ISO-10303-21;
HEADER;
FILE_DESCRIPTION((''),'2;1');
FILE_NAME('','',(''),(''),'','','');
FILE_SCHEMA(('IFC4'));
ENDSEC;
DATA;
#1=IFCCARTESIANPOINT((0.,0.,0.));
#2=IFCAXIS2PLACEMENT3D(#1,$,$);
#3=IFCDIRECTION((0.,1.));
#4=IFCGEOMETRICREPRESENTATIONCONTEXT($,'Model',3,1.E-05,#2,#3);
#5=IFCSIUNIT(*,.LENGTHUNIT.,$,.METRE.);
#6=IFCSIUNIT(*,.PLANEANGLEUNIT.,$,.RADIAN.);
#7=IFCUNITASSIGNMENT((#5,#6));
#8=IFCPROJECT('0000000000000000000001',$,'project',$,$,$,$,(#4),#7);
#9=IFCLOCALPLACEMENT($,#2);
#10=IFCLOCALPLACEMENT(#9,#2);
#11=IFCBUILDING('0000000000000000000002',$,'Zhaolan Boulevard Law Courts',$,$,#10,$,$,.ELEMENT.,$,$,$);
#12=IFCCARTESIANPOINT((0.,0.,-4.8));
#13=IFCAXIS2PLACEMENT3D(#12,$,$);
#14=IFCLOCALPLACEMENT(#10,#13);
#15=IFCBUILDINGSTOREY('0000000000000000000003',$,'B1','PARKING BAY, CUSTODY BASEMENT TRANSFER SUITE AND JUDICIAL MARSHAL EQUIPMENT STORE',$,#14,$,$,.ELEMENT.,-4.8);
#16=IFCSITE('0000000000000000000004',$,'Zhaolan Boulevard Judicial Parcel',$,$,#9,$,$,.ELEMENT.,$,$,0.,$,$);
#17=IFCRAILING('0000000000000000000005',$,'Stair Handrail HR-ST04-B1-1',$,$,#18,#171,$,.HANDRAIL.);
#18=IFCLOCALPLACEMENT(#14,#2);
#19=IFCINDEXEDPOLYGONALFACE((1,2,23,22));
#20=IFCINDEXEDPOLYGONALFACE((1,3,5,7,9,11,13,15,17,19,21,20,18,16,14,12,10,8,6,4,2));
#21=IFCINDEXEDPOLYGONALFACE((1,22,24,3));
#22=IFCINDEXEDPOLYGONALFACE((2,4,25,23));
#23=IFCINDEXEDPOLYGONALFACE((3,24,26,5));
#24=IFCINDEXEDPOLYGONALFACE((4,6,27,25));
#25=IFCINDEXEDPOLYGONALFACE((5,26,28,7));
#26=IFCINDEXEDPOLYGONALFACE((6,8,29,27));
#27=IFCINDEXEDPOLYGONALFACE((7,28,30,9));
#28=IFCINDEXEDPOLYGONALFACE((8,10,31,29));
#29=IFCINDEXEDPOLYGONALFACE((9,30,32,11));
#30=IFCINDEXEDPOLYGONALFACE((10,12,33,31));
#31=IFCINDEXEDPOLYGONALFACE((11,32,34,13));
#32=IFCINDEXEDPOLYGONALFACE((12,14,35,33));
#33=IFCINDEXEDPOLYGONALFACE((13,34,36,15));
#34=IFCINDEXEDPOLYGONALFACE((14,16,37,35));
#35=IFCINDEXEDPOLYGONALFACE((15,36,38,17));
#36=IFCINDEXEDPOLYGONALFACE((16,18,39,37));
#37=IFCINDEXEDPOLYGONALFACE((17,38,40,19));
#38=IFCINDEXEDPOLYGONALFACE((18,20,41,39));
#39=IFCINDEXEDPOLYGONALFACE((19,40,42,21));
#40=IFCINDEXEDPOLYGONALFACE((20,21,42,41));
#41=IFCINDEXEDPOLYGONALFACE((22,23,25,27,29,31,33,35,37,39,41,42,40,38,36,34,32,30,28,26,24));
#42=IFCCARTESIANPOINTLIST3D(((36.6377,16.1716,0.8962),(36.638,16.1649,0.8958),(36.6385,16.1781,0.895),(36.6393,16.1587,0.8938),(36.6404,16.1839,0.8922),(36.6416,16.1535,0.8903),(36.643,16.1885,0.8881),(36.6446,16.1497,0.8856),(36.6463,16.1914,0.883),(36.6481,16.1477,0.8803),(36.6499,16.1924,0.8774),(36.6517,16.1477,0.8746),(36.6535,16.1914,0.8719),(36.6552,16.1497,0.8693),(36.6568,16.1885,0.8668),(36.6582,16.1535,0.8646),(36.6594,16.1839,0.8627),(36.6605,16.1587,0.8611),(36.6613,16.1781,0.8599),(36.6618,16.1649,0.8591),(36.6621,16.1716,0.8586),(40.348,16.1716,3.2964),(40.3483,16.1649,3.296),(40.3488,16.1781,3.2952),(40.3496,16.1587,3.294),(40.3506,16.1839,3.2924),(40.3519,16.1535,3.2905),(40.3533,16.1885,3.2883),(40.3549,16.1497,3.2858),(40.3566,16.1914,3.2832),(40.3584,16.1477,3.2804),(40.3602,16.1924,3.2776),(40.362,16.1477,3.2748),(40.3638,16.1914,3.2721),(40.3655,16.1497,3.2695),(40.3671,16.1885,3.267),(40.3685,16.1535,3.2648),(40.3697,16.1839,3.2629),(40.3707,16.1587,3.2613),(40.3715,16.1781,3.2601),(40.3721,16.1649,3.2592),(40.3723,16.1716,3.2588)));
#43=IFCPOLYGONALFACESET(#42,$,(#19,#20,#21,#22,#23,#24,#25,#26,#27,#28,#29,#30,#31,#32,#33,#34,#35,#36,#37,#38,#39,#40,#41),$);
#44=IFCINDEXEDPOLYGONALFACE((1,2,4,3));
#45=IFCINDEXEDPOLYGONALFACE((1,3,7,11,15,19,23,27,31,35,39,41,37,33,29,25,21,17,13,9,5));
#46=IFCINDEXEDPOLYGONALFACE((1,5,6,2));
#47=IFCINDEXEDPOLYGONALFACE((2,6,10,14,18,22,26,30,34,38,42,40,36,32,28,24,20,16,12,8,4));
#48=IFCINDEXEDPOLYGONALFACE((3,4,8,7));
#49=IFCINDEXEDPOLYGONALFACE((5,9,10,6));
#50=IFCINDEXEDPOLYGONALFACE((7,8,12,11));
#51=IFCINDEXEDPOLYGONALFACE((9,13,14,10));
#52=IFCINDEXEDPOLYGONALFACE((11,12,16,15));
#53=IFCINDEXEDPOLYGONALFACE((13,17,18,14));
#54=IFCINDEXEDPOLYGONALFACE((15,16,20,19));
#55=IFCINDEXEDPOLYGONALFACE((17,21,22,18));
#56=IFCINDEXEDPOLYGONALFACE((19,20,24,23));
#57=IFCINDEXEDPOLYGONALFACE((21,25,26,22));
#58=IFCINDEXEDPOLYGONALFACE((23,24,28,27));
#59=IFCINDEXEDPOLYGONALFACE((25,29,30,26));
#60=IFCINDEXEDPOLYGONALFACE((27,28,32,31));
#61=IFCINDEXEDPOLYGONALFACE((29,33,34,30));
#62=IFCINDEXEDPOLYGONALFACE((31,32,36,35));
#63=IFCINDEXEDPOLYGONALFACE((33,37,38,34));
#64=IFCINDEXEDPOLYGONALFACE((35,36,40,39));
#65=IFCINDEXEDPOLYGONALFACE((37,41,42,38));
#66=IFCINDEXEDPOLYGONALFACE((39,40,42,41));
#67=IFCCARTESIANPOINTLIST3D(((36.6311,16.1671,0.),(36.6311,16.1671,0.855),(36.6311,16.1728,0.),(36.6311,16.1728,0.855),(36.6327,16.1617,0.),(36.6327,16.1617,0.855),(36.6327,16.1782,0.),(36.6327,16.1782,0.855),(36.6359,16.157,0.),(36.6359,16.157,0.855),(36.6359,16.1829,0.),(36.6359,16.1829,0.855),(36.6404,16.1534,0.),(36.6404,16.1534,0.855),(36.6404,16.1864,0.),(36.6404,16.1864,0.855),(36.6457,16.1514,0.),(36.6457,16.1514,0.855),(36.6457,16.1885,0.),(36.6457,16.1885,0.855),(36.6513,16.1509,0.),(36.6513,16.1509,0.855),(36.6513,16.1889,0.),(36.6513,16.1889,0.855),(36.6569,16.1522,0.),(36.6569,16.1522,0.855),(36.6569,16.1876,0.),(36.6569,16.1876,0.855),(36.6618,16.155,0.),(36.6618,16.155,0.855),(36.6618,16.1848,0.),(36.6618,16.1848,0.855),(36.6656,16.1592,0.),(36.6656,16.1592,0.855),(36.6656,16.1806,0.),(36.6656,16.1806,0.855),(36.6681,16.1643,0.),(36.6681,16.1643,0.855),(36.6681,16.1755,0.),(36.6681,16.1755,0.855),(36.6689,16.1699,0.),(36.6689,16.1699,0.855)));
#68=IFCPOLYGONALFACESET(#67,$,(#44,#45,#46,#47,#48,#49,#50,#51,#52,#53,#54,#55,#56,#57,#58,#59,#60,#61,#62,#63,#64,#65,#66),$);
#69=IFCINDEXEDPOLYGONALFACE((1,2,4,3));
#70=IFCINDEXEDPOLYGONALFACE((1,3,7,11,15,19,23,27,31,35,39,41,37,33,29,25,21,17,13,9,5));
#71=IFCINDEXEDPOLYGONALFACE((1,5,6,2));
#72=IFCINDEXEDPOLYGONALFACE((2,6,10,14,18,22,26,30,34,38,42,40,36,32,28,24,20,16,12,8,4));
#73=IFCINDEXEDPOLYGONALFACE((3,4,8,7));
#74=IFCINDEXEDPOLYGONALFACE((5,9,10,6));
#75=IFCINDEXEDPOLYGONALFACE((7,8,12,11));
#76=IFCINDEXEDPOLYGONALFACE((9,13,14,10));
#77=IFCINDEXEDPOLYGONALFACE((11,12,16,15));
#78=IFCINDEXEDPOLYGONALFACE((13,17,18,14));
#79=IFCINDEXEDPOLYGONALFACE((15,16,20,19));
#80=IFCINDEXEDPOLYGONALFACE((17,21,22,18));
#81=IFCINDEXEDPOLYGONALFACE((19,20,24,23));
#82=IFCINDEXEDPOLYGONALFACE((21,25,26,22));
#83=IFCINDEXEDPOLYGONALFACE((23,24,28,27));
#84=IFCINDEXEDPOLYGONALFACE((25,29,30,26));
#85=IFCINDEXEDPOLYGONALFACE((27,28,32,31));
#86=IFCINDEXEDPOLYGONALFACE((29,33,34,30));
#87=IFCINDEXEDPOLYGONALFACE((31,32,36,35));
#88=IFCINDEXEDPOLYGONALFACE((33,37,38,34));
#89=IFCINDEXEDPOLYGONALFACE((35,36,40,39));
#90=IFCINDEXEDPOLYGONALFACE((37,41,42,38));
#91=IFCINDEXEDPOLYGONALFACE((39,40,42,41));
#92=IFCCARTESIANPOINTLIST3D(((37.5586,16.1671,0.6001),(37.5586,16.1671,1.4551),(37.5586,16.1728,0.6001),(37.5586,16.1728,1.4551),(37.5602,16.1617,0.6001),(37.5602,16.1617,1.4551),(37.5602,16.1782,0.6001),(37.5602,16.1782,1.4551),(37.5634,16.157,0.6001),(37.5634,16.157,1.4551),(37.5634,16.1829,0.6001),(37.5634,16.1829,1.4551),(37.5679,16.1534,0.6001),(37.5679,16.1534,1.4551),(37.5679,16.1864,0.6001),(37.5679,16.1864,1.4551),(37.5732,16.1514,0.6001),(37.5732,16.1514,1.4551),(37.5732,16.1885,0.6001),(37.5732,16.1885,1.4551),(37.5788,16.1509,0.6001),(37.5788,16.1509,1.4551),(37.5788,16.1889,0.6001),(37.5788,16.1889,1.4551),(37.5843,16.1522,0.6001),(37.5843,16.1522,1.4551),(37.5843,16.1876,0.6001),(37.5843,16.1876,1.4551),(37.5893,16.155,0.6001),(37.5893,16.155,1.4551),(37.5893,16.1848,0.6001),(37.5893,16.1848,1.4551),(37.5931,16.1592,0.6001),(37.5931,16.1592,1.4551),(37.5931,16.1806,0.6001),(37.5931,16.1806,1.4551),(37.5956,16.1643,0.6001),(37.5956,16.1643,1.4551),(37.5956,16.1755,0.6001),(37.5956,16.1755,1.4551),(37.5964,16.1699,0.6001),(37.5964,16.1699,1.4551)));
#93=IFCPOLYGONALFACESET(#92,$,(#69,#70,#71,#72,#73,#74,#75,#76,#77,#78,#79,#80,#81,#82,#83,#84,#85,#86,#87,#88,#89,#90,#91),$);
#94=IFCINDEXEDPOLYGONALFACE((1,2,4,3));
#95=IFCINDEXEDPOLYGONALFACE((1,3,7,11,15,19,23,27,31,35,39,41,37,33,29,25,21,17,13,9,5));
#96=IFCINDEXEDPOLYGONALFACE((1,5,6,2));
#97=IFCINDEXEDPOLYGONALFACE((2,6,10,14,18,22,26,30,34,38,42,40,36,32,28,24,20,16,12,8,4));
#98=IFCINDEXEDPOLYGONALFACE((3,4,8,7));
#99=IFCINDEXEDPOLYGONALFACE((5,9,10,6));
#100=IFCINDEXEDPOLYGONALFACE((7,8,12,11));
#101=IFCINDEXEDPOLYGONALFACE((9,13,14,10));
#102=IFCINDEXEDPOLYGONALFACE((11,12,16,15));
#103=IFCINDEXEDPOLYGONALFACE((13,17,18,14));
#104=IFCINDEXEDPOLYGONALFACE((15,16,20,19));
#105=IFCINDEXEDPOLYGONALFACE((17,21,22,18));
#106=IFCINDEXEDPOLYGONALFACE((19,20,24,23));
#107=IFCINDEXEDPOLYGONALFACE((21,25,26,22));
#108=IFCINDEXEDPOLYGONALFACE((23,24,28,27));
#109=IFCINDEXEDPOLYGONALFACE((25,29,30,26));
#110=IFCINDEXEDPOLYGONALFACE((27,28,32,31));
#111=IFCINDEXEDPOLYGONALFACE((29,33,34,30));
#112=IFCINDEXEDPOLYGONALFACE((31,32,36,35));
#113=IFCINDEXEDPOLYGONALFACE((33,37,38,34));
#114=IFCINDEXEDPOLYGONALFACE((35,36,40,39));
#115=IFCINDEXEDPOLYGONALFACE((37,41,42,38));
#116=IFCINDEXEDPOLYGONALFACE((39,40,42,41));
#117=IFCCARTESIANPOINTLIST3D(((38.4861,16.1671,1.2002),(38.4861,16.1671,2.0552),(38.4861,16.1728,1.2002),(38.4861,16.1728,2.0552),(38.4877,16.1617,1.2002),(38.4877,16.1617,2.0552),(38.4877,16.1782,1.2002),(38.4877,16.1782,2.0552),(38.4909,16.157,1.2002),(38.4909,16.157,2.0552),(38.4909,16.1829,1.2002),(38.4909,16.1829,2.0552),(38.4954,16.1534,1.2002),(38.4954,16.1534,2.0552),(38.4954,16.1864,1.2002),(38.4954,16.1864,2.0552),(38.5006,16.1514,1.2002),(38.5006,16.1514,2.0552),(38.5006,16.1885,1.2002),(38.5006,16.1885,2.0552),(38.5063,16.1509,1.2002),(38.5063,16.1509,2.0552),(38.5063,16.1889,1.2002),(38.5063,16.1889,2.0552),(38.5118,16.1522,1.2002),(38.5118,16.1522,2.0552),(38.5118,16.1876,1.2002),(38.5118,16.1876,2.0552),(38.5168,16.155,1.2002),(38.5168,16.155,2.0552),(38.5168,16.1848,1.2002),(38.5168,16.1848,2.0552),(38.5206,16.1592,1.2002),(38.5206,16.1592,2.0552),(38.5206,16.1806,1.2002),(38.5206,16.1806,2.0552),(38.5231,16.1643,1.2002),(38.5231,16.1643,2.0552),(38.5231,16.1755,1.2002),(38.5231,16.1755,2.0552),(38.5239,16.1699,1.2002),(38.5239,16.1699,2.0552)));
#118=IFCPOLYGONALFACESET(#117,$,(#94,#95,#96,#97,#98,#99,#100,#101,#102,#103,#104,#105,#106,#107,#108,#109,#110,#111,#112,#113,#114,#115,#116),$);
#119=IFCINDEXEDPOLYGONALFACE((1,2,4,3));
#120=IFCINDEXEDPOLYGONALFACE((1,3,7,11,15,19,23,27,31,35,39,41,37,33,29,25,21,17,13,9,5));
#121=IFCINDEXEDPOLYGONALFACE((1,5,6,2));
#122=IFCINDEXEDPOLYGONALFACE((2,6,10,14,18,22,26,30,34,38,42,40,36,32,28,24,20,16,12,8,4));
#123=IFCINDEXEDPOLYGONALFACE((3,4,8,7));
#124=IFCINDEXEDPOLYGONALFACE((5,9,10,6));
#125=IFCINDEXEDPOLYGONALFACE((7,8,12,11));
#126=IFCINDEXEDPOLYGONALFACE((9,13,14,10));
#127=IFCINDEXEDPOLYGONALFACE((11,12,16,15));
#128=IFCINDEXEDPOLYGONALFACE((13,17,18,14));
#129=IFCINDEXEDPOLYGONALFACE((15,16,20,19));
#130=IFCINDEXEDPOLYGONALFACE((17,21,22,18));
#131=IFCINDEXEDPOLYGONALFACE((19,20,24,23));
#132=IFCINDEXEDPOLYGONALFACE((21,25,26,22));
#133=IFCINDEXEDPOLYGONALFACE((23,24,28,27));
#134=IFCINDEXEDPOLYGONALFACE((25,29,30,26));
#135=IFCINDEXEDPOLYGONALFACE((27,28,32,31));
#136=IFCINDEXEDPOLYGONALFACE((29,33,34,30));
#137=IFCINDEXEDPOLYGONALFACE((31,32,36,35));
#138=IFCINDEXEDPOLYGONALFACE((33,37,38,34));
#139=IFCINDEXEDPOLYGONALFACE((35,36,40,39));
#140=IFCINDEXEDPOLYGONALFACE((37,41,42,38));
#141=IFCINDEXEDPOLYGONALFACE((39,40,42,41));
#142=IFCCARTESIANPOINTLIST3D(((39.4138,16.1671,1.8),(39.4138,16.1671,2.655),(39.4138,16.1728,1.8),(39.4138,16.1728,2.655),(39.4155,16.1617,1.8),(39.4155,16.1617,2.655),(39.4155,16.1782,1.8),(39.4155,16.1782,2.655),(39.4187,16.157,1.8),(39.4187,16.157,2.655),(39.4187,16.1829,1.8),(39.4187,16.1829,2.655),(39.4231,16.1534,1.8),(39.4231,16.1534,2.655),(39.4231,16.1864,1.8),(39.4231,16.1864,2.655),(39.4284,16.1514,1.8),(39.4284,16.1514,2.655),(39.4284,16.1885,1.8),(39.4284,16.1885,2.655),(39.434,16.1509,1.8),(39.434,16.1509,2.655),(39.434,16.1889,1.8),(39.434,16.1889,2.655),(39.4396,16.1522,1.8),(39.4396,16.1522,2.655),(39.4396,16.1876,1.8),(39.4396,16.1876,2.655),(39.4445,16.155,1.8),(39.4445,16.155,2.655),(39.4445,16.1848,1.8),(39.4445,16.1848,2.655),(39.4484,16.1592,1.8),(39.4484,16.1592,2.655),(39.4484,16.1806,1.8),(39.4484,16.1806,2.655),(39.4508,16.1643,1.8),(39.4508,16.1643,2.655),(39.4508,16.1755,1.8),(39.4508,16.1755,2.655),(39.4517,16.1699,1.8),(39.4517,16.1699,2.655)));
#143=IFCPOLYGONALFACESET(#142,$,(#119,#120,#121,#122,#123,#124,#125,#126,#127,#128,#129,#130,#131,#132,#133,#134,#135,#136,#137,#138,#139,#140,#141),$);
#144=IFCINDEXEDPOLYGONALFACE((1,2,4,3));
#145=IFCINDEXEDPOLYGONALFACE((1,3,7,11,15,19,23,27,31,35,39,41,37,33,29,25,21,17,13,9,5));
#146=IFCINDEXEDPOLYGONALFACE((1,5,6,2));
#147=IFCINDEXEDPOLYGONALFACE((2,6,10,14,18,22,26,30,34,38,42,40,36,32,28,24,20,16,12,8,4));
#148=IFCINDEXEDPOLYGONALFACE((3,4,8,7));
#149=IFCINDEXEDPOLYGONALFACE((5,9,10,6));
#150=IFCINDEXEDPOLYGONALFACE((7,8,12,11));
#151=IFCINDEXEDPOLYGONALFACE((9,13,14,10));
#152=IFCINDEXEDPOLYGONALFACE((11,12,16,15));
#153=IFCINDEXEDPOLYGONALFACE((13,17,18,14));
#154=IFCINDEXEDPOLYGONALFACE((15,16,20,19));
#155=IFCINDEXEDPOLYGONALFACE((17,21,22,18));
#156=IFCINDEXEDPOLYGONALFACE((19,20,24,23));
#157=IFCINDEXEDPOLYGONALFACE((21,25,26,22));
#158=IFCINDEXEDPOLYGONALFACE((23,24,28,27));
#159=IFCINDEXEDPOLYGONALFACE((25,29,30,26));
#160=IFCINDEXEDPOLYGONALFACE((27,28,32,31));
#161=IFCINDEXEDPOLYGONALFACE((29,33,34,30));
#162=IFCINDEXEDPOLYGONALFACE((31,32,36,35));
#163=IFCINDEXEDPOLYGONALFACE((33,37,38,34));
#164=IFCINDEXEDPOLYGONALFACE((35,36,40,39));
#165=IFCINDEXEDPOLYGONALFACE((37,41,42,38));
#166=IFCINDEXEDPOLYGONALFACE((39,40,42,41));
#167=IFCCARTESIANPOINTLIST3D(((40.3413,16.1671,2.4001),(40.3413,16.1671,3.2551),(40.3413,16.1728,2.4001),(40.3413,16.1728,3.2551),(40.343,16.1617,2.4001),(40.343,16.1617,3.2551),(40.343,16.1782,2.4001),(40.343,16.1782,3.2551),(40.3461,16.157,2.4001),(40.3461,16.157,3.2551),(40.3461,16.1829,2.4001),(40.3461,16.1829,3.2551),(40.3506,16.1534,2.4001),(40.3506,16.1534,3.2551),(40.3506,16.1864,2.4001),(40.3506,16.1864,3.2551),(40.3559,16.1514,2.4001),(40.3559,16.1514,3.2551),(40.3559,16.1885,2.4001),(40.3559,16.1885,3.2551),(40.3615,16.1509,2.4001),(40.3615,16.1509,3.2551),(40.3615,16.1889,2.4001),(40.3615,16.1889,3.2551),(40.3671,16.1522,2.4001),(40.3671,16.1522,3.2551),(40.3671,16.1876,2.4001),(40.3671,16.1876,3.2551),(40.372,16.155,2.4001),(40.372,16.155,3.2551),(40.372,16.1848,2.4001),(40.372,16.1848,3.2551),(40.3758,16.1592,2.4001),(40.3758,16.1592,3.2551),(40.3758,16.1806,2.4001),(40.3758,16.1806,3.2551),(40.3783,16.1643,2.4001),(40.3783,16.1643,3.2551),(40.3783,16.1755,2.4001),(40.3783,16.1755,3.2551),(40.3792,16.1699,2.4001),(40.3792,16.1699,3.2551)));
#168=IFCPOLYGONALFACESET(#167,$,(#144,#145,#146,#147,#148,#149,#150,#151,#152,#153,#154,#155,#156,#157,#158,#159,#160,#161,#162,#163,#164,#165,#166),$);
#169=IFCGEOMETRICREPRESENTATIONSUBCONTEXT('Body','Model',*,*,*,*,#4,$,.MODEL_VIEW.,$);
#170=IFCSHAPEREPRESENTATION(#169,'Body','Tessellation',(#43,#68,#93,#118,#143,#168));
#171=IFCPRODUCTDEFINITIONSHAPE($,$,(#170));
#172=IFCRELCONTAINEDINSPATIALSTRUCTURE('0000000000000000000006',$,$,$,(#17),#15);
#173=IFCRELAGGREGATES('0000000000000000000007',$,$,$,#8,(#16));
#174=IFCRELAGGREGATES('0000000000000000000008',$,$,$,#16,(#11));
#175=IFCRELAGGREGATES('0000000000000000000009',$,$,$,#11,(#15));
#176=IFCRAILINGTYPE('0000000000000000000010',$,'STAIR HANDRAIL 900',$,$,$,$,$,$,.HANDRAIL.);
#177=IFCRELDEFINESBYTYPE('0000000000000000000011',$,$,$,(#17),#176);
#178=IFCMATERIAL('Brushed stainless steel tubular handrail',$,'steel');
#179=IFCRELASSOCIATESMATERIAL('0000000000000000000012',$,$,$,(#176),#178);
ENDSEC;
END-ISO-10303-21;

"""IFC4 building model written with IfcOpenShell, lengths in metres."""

from ifc_helpers import new_model, si_unit, direction, frame, origin, origin_2d, place, context, subcontext, project, spatial, circle, extrude, material, type_object, element, save


model = new_model("IFC4")

# Units and contexts
model_context = context("Model", 3, precision=1e-05, world=origin(), true_north=direction((0.0, 1.0)))
body_context = subcontext(model_context, "Body", "Model", "MODEL_VIEW")
ifc_project = project(units=[si_unit("LENGTHUNIT", "METRE"), si_unit("PLANEANGLEUNIT", "RADIAN")], contexts=[model_context])

# Site, building, storey
site_placement = place(None, origin())
site = spatial("IfcSite", under=ifc_project, at=site_placement, Name="Zhaolan Boulevard Judicial Parcel", CompositionType="ELEMENT", RefElevation=0.0)
building_placement = place(site_placement, origin())
building = spatial("IfcBuilding", under=site, at=building_placement, Name="Zhaolan Boulevard Law Courts", CompositionType="ELEMENT")
storey_placement = place(building_placement, frame((0.0, 0.0, -4.8)))
storey = spatial("IfcBuildingStorey", under=building, at=storey_placement, Name="B1", Description="PARKING BAY, CUSTODY BASEMENT TRANSFER SUITE AND JUDICIAL MARSHAL EQUIPMENT STORE", CompositionType="ELEMENT", Elevation=-4.8)

# Railing
ifc_material_1 = material(Name="Brushed stainless steel tubular handrail", Category="steel")
railing_type_1 = type_object("IfcRailingType", Name="STAIR HANDRAIL 900", PredefinedType="HANDRAIL", material=ifc_material_1)
railing_1_placement = place(storey_placement, frame((36.6499, 16.1699, 0.0)))
element("IfcRailing", 1, at=railing_1_placement, inside=storey, type_object=railing_type_1, Name="Stair Handrail HR-ST04-B1-1", PredefinedType="HANDRAIL", context=body_context, shape_type="SweptSolid", body=[
    extrude(circle(Radius=0.0225, at=origin_2d()), frame((0.0, 0.0, 0.8774), z_axis=(0.839629, 0.0, 0.54316), x_axis=(0.0, 1.0, 0.0)), (0.0, 0.0, 1.0), 4.4189),
    extrude(circle(Radius=0.019, at=origin_2d()), origin(), (0.0, 0.0, 1.0), 0.855),
    extrude(circle(Radius=0.019, at=origin_2d()), frame((0.9275, 0.0, 0.6001)), (0.0, 0.0, 1.0), 0.855),
    extrude(circle(Radius=0.019, at=origin_2d()), frame((1.855, 0.0, 1.2002)), (0.0, 0.0, 1.0), 0.855),
    extrude(circle(Radius=0.019, at=origin_2d()), frame((2.7827, 0.0, 1.8)), (0.0, 0.0, 1.0), 0.855),
    extrude(circle(Radius=0.019, at=origin_2d()), frame((3.7102, 0.0, 2.4001)), (0.0, 0.0, 1.0), 0.855),
])

save(model, "model.ifc")
